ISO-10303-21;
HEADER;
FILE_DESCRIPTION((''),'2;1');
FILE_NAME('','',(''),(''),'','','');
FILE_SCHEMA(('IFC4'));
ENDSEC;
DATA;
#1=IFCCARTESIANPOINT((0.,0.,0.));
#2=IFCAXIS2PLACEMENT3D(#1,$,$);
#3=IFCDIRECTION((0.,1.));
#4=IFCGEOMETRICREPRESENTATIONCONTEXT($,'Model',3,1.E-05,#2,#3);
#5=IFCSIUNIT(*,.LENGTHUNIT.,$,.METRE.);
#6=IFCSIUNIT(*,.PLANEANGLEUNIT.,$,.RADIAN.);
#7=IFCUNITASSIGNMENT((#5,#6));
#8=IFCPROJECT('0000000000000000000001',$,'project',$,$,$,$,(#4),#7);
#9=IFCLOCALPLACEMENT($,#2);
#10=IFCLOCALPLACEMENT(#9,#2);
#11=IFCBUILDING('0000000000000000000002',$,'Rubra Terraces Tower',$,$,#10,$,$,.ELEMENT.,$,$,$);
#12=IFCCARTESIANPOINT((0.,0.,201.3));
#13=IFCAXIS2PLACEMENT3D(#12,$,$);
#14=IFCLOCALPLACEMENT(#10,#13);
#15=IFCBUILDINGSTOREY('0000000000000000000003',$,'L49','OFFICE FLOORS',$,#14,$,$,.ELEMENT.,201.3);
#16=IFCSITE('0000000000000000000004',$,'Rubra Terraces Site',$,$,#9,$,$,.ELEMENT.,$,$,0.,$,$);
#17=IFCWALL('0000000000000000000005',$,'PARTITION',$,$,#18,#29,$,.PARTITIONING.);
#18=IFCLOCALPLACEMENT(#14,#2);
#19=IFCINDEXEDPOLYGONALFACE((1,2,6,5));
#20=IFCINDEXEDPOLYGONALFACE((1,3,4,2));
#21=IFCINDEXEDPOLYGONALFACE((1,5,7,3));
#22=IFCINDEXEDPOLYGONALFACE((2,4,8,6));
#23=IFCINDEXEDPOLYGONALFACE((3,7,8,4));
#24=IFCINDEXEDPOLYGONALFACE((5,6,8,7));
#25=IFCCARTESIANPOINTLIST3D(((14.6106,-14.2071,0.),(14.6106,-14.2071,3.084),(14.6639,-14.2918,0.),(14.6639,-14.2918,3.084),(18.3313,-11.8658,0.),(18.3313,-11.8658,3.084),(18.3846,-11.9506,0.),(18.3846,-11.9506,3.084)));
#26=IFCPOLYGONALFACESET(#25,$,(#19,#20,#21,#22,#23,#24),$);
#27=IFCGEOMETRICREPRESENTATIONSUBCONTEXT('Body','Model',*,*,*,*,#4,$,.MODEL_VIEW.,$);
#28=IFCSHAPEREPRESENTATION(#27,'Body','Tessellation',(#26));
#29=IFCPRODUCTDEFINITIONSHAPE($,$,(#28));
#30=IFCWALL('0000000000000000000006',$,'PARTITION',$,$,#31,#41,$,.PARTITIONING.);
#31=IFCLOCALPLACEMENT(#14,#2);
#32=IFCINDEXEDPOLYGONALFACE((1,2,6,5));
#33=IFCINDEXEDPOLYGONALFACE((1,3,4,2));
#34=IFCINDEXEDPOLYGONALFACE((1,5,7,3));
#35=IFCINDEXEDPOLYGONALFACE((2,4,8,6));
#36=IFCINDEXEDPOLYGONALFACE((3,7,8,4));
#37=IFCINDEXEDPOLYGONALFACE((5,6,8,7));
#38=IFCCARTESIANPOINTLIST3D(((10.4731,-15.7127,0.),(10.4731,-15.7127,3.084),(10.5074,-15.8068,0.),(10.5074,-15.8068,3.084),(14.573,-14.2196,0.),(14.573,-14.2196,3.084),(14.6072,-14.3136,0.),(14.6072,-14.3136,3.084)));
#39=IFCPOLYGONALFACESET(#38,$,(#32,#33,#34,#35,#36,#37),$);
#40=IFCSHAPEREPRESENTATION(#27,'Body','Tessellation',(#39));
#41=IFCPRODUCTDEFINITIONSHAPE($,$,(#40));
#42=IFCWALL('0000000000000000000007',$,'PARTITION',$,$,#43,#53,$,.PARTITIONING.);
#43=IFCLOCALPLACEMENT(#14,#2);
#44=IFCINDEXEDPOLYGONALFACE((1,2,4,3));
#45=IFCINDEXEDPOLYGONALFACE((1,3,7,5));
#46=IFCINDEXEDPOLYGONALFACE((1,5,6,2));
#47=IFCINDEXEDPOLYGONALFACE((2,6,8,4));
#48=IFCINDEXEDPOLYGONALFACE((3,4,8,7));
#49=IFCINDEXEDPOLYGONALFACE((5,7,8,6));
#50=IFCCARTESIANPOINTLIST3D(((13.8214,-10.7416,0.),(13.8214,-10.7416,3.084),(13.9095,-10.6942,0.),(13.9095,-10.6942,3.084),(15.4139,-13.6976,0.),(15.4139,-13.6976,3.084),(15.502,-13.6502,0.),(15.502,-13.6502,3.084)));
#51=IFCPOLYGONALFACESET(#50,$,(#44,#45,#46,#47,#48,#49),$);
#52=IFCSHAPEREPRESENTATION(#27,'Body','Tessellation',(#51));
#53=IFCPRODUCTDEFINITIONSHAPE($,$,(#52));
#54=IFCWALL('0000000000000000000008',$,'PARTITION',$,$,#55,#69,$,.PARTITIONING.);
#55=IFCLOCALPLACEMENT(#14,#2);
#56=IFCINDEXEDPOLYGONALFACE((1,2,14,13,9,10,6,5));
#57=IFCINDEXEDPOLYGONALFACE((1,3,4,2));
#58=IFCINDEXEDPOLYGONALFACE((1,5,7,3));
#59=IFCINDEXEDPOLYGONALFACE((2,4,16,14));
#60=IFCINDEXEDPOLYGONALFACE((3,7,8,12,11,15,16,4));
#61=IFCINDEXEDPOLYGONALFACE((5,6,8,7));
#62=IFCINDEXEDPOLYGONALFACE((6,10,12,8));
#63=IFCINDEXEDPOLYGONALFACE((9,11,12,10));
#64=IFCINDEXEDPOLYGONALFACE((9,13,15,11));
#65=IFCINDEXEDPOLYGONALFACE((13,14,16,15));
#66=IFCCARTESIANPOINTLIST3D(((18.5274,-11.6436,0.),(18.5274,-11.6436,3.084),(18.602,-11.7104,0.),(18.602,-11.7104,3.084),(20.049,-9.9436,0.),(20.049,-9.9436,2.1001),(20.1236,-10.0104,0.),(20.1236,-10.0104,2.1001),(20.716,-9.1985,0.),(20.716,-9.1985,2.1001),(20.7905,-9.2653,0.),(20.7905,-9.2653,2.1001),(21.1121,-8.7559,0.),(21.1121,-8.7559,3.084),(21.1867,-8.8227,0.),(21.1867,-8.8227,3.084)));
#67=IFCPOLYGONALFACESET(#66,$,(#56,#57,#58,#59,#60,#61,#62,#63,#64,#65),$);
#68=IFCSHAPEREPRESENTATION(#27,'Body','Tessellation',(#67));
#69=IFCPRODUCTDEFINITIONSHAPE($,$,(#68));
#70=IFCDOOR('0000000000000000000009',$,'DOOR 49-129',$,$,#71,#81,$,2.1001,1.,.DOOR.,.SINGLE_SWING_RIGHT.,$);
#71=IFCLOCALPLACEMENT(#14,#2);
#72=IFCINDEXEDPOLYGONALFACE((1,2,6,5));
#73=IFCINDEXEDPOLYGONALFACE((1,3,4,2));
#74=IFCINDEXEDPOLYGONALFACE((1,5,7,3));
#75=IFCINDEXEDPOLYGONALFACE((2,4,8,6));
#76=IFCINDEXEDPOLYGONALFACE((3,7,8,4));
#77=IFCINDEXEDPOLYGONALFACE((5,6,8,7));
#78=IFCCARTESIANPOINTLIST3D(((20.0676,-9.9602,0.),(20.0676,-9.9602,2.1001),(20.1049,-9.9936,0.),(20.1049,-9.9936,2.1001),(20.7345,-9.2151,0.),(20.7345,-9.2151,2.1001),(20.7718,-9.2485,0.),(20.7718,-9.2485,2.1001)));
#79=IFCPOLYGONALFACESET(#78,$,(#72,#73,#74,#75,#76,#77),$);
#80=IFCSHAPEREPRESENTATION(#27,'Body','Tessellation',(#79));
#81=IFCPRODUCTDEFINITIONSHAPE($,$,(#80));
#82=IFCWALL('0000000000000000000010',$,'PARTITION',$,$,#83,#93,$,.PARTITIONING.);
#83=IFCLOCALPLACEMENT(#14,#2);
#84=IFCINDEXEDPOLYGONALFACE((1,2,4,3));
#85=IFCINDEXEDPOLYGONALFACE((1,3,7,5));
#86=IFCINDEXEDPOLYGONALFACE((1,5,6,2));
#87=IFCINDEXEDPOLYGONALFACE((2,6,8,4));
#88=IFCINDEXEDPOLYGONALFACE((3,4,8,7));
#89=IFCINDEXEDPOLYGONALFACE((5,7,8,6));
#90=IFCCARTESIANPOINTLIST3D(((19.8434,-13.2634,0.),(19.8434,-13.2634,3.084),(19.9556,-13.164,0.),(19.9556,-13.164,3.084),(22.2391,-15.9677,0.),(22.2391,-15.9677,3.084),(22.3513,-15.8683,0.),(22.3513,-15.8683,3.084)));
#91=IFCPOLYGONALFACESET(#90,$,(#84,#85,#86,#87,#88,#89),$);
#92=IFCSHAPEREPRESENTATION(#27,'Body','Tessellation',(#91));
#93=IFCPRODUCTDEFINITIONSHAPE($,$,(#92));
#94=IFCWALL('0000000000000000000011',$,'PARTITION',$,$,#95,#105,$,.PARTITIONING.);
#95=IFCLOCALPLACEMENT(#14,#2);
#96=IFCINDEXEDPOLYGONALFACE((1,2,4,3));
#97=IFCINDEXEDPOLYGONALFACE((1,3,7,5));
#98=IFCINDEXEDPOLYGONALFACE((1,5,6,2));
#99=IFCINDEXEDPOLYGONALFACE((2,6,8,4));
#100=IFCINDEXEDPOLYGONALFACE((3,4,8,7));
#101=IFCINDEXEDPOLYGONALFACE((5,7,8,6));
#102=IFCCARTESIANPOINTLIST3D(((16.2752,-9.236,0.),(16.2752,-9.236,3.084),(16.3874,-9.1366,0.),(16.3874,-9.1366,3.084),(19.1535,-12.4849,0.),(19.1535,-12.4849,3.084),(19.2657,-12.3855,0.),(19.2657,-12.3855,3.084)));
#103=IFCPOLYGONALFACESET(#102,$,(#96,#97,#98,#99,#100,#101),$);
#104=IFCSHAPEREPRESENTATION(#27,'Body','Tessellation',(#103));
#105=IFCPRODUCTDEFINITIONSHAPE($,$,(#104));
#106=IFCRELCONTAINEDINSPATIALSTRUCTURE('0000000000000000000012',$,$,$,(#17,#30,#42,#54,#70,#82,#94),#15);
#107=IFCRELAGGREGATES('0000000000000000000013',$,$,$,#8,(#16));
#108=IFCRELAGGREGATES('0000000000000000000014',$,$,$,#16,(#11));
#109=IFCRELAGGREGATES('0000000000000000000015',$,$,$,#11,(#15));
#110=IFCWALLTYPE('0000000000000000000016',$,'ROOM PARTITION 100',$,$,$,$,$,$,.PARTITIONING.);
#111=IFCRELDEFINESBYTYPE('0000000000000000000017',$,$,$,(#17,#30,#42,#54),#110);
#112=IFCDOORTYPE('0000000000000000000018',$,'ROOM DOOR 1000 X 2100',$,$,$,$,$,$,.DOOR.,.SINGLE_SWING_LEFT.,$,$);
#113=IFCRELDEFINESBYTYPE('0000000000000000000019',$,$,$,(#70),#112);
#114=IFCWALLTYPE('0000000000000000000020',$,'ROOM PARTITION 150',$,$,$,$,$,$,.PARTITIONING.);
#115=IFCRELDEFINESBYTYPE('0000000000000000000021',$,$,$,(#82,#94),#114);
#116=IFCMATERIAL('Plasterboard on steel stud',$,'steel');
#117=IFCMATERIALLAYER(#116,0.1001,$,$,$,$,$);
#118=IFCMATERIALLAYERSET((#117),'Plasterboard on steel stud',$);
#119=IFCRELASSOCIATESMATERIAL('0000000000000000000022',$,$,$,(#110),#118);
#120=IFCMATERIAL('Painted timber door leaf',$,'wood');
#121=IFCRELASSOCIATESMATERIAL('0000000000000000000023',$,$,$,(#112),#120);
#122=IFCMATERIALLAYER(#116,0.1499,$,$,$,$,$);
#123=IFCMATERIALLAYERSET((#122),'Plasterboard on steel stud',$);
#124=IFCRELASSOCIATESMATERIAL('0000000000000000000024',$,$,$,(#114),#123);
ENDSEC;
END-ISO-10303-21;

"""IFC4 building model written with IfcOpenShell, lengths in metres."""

from ifc_helpers import new_model, si_unit, direction, frame, frame_2d, origin, place, context, subcontext, project, spatial, rectangle, extrude, material, layer, layer_set, type_object, element, fill, save


model = new_model("IFC4")

# Units and contexts
model_context = context("Model", 3, precision=1e-05, world=origin(), true_north=direction((0.0, 1.0)))
body_context = subcontext(model_context, "Body", "Model", "MODEL_VIEW")
ifc_project = project(units=[si_unit("LENGTHUNIT", "METRE"), si_unit("PLANEANGLEUNIT", "RADIAN")], contexts=[model_context])

# Site, building, storey
site_placement = place(None, origin())
site = spatial("IfcSite", under=ifc_project, at=site_placement, Name="Rubra Terraces Site", CompositionType="ELEMENT", RefElevation=0.0)
building_placement = place(site_placement, origin())
building = spatial("IfcBuilding", under=site, at=building_placement, Name="Rubra Terraces Tower", CompositionType="ELEMENT")
storey_placement = place(building_placement, frame((0.0, 0.0, 201.3)))
storey = spatial("IfcBuildingStorey", under=building, at=storey_placement, Name="L49", Description="OFFICE FLOORS", CompositionType="ELEMENT", Elevation=201.3)

# Walls
ifc_material_1 = material(Name="Plasterboard on steel stud", Category="steel")
ifc_layer_1 = layer(ifc_material_1, 0.1001)
ifc_layer_set_1 = layer_set([ifc_layer_1], Name="Plasterboard on steel stud")
wall_type_1 = type_object("IfcWallType", Name="ROOM PARTITION 100", PredefinedType="PARTITIONING", material=ifc_layer_set_1)
wall_1_placement = place(storey_placement, frame((18.3579, -11.9082, 0.0), z_axis=(0.0, 0.0, 1.0), x_axis=(-0.846372, -0.532592, 0.0)))
element("IfcWall", 1, at=wall_1_placement, inside=storey, type_object=wall_type_1, Name="PARTITION", PredefinedType="PARTITIONING", context=body_context, shape_type="SweptSolid", body=[
    extrude(rectangle(XDim=4.396, YDim=0.1001, at=frame_2d((2.198, 0.0))), origin(), (0.0, 0.0, 1.0), 3.084),
])
wall_2_placement = place(storey_placement, frame((14.5901, -14.2666, 0.0), z_axis=(0.0, 0.0, 1.0), x_axis=(-0.939623, -0.34221, 0.0)))
element("IfcWall", 2, at=wall_2_placement, inside=storey, type_object=wall_type_1, Name="PARTITION", PredefinedType="PARTITIONING", context=body_context, shape_type="SweptSolid", body=[
    extrude(rectangle(XDim=4.3633, YDim=0.1001, at=frame_2d((2.1816, 0.0))), origin(), (0.0, 0.0, 1.0), 3.084),
])
wall_3_placement = place(storey_placement, frame((13.8655, -10.718, 0.0), z_axis=(0.0, 0.0, 1.0), x_axis=(0.474286, -0.880371, 0.0)))
element("IfcWall", 3, at=wall_3_placement, inside=storey, type_object=wall_type_1, Name="PARTITION", PredefinedType="PARTITIONING", context=body_context, shape_type="SweptSolid", body=[
    extrude(rectangle(XDim=3.3577, YDim=0.1001, at=frame_2d((1.6787, 0.0))), origin(), (0.0, 0.0, 1.0), 3.084),
])

# Wall, opening, door
wall_4_placement = place(storey_placement, frame((21.1494, -8.7893, 0.0), z_axis=(0.0, 0.0, 1.0), x_axis=(-0.666937, -0.745114, 0.0)))
wall_4 = element("IfcWall", 4, at=wall_4_placement, inside=storey, type_object=wall_type_1, Name="PARTITION", PredefinedType="PARTITIONING", context=body_context, shape_type="SweptSolid", body=[
    extrude(rectangle(XDim=3.8755, YDim=0.1001, at=frame_2d((1.9377, 0.0))), origin(), (0.0, 0.0, 1.0), 3.084),
])
opening_1_placement = place(wall_4_placement, frame((0.594, 0.0, 0.0)))
opening_1 = element("IfcOpeningElement", 5, at=opening_1_placement, cuts=wall_4, PredefinedType="OPENING", context=body_context, shape_type="SweptSolid", body=[
    extrude(rectangle(XDim=1.0, YDim=2.1001, at=frame_2d((0.5, 1.05))), frame((0.0, 0.0601, 0.0), z_axis=(0.0, -1.0, 0.0), x_axis=(1.0, 0.0, 0.0)), (0.0, 0.0, 1.0), 0.1201),
])
ifc_material_2 = material(Name="Painted timber door leaf", Category="wood")
door_type_1 = type_object("IfcDoorType", Name="ROOM DOOR 1000 X 2100", OperationType="SINGLE_SWING_LEFT", PredefinedType="DOOR", material=ifc_material_2)
door_1_placement = place(opening_1_placement, origin())
door_1 = element("IfcDoor", 6, at=door_1_placement, inside=storey, type_object=door_type_1, Name="DOOR 49-129", OperationType="SINGLE_SWING_RIGHT", OverallHeight=2.1001, OverallWidth=1.0, PredefinedType="DOOR", context=body_context, shape_type="SweptSolid", body=[
    extrude(rectangle(XDim=1.0, YDim=2.1001, at=frame_2d((0.5, 1.05))), frame((0.0, 0.0249, 0.0), z_axis=(0.0, -1.0, 0.0), x_axis=(1.0, 0.0, 0.0)), (0.0, 0.0, 1.0), 0.05),
])
fill(opening_1, door_1)

# Walls
ifc_layer_2 = layer(ifc_material_1, 0.1499)
ifc_layer_set_2 = layer_set([ifc_layer_2], Name="Plasterboard on steel stud")
wall_type_2 = type_object("IfcWallType", Name="ROOM PARTITION 150", PredefinedType="PARTITIONING", material=ifc_layer_set_2)
wall_5_placement = place(storey_placement, frame((22.2952, -15.918, 0.0), z_axis=(0.0, 0.0, 1.0), x_axis=(-0.663109, 0.748523, 0.0)))
element("IfcWall", 7, at=wall_5_placement, inside=storey, type_object=wall_type_2, Name="PARTITION", PredefinedType="PARTITIONING", context=body_context, shape_type="SweptSolid", body=[
    extrude(rectangle(XDim=3.6128, YDim=0.1499, at=frame_2d((1.8064, 0.0))), origin(), (0.0, 0.0, 1.0), 3.084),
])
wall_6_placement = place(storey_placement, frame((19.2097, -12.4353, 0.0), z_axis=(0.0, 0.0, 1.0), x_axis=(-0.663127, 0.748507, 0.0)))
element("IfcWall", 8, at=wall_6_placement, inside=storey, type_object=wall_type_2, Name="PARTITION", PredefinedType="PARTITIONING", context=body_context, shape_type="SweptSolid", body=[
    extrude(rectangle(XDim=4.3406, YDim=0.1499, at=frame_2d((2.1704, 0.0))), origin(), (0.0, 0.0, 1.0), 3.084),
])

save(model, "model.ifc")
